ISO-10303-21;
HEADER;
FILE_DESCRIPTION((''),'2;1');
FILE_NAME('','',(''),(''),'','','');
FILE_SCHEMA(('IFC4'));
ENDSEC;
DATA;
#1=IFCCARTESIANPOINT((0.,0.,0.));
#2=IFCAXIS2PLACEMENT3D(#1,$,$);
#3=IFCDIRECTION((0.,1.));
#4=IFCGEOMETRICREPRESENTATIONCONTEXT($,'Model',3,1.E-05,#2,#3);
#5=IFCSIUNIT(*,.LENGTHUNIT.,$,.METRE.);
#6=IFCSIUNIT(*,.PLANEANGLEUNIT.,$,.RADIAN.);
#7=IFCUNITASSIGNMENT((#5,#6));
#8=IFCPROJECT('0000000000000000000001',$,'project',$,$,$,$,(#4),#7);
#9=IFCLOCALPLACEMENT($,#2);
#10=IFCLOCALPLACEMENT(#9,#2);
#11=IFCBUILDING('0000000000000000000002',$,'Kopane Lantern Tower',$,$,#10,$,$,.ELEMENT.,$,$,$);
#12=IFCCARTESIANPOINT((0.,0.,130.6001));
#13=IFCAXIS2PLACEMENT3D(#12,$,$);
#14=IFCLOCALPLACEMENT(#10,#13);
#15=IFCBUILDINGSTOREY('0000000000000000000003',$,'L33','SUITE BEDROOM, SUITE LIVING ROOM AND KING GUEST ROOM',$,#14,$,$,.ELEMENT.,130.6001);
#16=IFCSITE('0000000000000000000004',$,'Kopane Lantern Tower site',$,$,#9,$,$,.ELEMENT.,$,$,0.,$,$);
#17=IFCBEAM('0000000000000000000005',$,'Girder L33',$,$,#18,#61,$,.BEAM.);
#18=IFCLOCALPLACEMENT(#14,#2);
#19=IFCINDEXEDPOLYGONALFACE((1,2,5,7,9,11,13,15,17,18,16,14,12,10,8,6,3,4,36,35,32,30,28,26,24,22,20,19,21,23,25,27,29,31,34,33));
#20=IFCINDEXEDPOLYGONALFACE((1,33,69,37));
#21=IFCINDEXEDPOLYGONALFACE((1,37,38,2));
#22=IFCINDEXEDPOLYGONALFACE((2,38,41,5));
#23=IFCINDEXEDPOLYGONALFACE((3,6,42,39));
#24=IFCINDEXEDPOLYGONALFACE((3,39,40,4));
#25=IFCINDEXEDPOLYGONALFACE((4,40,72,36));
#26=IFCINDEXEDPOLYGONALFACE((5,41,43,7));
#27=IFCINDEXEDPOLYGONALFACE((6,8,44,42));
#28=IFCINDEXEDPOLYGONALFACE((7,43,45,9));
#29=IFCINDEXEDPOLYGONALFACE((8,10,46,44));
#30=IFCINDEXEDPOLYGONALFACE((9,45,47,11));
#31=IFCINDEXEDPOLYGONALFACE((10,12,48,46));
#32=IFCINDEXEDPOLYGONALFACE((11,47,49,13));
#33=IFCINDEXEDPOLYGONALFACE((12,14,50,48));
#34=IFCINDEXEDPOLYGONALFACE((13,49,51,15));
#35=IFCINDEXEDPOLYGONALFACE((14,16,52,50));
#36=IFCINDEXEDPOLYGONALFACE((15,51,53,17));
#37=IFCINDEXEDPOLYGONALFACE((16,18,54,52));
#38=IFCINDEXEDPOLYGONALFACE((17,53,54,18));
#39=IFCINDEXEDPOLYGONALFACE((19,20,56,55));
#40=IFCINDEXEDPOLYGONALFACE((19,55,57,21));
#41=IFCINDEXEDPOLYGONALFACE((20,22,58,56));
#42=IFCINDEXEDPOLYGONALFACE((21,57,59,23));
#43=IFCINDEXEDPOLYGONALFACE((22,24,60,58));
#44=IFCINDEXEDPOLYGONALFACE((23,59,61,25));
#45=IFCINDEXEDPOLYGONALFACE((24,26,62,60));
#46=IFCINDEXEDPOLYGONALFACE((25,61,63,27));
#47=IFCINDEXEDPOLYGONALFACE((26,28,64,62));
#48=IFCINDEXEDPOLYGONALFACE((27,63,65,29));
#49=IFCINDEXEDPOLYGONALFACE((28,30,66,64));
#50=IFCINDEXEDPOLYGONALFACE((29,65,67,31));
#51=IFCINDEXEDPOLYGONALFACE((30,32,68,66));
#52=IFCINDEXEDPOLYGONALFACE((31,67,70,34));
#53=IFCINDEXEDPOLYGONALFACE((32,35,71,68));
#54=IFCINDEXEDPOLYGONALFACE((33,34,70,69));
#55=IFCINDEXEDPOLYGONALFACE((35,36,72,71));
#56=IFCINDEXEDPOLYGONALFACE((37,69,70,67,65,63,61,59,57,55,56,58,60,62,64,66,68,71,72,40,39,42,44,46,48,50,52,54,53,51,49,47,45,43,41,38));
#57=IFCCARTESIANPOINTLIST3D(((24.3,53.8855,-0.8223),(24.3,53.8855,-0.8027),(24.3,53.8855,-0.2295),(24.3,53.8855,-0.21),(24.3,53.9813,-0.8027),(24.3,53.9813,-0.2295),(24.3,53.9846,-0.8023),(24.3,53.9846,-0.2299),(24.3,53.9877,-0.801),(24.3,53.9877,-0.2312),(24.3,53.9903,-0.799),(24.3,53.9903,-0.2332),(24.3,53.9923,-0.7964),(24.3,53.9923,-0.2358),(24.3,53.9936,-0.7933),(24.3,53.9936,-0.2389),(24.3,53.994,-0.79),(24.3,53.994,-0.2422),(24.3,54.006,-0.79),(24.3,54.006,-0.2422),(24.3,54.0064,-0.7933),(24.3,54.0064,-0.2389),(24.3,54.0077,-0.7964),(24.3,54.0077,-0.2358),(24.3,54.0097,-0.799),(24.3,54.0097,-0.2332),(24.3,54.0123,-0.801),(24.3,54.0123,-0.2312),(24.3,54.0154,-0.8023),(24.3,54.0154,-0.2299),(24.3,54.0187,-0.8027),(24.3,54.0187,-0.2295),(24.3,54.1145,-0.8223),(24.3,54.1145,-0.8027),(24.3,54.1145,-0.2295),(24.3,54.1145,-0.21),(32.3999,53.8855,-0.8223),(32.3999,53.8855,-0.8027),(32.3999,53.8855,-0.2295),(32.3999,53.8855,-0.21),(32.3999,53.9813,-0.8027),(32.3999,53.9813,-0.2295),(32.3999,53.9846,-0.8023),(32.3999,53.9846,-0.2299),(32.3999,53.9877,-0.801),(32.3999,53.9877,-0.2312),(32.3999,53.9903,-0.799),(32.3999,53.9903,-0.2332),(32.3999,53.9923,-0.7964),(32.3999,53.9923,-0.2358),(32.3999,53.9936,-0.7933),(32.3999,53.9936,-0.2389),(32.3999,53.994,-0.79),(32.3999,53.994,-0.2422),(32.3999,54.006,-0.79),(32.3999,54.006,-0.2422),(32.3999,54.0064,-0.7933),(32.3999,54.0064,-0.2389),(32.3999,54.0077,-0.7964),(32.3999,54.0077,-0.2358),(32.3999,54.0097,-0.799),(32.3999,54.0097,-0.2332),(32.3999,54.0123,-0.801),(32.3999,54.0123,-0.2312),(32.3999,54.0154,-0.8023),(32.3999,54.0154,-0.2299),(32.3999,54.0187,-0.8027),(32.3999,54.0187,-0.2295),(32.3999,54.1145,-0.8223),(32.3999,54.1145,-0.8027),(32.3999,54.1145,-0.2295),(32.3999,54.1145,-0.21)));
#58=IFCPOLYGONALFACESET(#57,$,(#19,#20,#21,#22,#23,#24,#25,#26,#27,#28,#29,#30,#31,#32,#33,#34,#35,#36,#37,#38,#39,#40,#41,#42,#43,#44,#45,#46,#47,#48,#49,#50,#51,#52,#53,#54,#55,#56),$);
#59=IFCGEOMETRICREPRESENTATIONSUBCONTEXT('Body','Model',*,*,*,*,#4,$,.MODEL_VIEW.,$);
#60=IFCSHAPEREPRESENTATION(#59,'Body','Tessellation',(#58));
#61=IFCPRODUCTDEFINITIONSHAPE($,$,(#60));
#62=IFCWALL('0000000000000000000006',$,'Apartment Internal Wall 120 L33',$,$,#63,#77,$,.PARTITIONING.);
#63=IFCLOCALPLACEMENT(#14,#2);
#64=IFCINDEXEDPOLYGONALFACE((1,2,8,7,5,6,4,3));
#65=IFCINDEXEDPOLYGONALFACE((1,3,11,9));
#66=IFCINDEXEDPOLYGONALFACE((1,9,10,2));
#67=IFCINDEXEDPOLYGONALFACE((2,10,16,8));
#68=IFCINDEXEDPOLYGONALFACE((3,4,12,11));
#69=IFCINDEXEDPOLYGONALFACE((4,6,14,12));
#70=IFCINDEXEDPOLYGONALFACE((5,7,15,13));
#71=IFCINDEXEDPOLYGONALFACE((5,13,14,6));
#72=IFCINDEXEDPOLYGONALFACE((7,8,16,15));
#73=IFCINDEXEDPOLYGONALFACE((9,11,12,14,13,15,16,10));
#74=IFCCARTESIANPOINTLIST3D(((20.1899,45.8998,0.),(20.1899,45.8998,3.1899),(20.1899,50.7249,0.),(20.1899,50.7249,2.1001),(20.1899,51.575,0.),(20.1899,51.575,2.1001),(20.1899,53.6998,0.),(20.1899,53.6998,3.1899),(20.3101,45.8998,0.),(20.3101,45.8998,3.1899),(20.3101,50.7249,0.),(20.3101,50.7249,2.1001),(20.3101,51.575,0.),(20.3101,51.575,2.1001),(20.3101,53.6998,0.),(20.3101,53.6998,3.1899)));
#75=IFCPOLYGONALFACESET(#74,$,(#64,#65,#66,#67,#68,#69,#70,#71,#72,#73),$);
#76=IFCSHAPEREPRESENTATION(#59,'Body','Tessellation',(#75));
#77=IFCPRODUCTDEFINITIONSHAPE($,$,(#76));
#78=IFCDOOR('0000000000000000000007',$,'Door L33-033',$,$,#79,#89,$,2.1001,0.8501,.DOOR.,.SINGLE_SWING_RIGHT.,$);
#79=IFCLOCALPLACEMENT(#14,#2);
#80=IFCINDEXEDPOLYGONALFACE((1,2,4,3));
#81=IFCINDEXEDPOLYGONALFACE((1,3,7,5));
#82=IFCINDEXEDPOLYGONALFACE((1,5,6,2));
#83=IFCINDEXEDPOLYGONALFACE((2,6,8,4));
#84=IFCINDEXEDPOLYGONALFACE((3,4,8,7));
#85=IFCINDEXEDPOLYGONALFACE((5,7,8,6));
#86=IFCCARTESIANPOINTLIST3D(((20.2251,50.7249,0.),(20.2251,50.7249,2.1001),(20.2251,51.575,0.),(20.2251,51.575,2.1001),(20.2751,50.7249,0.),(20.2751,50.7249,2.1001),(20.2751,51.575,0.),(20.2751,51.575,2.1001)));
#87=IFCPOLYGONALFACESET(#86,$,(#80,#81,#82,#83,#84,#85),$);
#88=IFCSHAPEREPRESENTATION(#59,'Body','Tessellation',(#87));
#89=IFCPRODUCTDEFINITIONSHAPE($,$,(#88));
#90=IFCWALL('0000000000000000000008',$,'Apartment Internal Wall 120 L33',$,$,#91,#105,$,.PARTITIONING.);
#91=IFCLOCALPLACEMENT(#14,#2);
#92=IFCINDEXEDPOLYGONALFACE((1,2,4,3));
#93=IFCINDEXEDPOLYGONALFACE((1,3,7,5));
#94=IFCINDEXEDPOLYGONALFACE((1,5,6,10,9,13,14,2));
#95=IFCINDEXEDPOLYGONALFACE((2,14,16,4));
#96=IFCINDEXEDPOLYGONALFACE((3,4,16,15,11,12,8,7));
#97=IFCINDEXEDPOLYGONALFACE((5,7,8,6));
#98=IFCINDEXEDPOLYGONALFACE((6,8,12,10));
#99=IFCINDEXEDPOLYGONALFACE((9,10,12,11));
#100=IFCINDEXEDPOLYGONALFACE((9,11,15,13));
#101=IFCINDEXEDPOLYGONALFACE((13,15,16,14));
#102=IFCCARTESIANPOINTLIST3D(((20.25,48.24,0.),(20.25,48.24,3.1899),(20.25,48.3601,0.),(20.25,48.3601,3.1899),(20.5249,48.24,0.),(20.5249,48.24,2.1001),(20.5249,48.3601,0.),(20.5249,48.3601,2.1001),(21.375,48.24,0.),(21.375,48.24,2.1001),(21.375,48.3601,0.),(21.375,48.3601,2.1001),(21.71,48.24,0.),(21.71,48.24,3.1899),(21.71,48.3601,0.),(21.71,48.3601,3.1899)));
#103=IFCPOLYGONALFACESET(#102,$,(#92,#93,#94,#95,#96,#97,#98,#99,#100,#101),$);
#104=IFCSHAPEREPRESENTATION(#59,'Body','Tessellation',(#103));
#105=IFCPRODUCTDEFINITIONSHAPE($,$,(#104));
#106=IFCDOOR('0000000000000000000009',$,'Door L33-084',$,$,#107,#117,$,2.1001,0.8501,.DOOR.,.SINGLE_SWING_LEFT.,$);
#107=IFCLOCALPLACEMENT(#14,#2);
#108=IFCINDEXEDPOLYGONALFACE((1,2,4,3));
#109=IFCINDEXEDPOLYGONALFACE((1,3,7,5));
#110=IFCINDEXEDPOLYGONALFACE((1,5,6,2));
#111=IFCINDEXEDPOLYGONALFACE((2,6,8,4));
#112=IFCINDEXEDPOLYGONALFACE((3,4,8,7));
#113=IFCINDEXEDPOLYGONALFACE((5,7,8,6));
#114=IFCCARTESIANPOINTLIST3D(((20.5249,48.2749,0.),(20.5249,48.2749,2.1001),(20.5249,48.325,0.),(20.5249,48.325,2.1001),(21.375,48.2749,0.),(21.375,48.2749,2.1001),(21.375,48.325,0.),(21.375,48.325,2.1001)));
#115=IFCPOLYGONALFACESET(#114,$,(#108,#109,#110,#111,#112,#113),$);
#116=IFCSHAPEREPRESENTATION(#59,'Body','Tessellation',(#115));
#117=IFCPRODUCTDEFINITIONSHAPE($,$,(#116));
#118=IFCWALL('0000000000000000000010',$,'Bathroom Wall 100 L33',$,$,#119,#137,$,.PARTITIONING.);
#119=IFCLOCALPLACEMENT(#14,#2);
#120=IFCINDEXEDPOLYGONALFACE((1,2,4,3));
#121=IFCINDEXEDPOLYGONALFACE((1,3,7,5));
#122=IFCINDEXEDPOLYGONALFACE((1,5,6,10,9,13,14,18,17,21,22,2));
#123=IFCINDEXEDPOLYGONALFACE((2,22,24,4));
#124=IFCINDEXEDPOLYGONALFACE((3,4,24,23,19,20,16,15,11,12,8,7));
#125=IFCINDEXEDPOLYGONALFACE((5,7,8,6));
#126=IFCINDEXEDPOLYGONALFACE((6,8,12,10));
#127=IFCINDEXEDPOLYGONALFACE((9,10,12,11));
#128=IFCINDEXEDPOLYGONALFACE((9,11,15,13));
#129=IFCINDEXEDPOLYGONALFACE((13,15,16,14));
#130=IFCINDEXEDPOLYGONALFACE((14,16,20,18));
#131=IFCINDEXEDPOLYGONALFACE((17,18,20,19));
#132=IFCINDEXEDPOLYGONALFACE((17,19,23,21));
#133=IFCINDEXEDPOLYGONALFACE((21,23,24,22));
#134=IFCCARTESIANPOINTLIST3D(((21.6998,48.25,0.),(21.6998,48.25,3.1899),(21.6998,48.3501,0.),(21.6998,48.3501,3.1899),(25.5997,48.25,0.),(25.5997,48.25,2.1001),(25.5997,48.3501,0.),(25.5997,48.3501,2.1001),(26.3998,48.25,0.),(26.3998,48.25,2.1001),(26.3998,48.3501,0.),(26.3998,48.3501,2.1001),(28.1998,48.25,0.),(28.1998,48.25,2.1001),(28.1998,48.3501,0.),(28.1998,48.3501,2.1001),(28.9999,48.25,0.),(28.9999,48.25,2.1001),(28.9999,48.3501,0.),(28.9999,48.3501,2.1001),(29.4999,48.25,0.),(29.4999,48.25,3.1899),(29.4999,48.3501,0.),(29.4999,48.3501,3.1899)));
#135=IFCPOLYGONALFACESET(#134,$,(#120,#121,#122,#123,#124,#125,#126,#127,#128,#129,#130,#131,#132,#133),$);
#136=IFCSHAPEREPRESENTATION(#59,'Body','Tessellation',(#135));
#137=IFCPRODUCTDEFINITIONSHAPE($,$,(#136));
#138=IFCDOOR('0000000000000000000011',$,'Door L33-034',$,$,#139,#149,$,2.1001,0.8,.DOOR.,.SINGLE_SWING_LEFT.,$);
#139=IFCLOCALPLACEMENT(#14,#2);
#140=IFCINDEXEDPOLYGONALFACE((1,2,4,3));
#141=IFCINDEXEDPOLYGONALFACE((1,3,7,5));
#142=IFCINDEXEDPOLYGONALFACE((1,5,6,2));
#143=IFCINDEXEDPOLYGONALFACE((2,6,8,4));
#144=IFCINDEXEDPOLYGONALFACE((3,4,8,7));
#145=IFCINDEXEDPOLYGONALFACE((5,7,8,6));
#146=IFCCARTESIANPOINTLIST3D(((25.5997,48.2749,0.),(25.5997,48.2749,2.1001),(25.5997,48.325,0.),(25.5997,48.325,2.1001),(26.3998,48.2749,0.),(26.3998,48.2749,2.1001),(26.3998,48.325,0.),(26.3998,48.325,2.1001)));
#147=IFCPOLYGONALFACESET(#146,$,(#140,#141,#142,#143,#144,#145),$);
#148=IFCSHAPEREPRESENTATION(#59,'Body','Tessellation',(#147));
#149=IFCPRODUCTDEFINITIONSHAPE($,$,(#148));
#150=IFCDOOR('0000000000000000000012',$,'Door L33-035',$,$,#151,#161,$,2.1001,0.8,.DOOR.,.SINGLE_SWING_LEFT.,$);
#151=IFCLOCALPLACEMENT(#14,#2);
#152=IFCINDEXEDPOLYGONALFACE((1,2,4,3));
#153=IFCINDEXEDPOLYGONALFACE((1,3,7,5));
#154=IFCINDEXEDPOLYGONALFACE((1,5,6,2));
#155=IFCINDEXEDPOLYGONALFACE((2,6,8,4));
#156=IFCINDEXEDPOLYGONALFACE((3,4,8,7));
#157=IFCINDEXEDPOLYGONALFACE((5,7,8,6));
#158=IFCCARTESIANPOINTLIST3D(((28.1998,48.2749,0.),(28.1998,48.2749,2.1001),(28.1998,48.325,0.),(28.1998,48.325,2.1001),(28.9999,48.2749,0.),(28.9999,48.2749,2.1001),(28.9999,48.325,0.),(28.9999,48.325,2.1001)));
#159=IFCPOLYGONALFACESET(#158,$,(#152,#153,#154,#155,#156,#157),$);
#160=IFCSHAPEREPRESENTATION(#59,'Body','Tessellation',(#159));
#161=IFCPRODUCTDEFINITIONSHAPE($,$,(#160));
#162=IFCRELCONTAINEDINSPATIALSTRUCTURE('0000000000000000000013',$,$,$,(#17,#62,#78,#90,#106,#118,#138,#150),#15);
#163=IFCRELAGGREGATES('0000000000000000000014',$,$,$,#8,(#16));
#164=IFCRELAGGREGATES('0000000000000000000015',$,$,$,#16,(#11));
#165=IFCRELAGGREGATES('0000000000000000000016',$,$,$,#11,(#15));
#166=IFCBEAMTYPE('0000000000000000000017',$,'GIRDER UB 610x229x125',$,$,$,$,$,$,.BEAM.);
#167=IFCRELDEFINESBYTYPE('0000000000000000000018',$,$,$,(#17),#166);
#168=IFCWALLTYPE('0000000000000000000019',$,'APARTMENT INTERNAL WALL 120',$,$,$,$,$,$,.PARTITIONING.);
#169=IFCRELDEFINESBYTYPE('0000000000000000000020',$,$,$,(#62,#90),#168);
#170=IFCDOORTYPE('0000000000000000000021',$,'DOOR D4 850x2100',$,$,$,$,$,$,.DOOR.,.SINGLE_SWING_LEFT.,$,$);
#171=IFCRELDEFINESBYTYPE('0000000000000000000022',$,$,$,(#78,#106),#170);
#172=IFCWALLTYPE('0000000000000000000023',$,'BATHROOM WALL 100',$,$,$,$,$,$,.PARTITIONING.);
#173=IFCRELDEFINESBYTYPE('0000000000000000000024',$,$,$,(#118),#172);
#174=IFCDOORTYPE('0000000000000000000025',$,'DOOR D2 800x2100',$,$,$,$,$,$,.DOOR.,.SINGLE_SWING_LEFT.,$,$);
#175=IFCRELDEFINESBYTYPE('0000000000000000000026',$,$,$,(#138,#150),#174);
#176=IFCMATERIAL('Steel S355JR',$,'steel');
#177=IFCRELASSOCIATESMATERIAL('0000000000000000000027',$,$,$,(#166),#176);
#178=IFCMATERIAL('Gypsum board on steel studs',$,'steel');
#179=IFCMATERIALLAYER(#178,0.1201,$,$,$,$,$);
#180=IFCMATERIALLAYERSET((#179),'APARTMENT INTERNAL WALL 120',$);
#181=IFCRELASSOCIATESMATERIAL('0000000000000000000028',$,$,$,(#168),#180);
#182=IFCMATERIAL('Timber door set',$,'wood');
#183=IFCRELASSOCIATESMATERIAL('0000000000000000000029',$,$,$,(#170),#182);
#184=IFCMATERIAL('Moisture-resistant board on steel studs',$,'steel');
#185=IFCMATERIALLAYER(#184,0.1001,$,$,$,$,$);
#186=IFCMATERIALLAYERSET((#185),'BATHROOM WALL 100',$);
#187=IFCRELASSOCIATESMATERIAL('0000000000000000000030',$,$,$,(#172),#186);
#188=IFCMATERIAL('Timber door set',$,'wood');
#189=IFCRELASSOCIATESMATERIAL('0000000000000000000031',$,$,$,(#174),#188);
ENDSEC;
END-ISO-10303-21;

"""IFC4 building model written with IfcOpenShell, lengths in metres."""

from ifc_helpers import new_model, si_unit, direction, frame, frame_2d, origin, origin_2d, place, context, subcontext, project, spatial, rectangle, i_section, extrude, material, layer, layer_set, material_profile, profile_set, type_object, element, fill, save


model = new_model("IFC4")

# Units and contexts
model_context = context("Model", 3, precision=1e-05, world=origin(), true_north=direction((0.0, 1.0)))
body_context = subcontext(model_context, "Body", "Model", "MODEL_VIEW")
ifc_project = project(units=[si_unit("LENGTHUNIT", "METRE"), si_unit("PLANEANGLEUNIT", "RADIAN")], contexts=[model_context])

# Site, building, storey
site_placement = place(None, origin())
site = spatial("IfcSite", under=ifc_project, at=site_placement, Name="Kopane Lantern Tower site", CompositionType="ELEMENT", RefElevation=0.0)
building_placement = place(site_placement, origin())
building = spatial("IfcBuilding", under=site, at=building_placement, Name="Kopane Lantern Tower", CompositionType="ELEMENT")
storey_placement = place(building_placement, frame((0.0, 0.0, 130.6001)))
storey = spatial("IfcBuildingStorey", under=building, at=storey_placement, Name="L33", Description="SUITE BEDROOM, SUITE LIVING ROOM AND KING GUEST ROOM", CompositionType="ELEMENT", Elevation=130.6001)

# Beam
ifc_material_1 = material(Name="Steel S355JR", Category="steel")
ifc_material_profile_1 = material_profile(ifc_material_1, i_section(OverallWidth=0.229, OverallDepth=0.6123, WebThickness=0.012, FlangeThickness=0.0195, FilletRadius=0.0127, at=origin_2d()), Name="UB 610x229x125")
ifc_profile_set_1 = profile_set([ifc_material_profile_1], Name="Steel S355JR")
beam_type = type_object("IfcBeamType", Name="GIRDER UB 610x229x125", PredefinedType="BEAM", material=ifc_profile_set_1)
for number, where, z_axis, x_axis, name in (
    (1, (24.3, 54.0, -0.5161), (1.0, 0.0, 0.0), (0.0, 1.0, 0.0), "Girder L33"),
):
    element("IfcBeam", number, at=place(storey_placement, frame(where, z_axis=z_axis, x_axis=x_axis)), inside=storey, type_object=beam_type, Name=name, PredefinedType="BEAM", context=body_context, shape_type="SweptSolid", body=[
        extrude(i_section(OverallWidth=0.229, OverallDepth=0.6123, WebThickness=0.012, FlangeThickness=0.0195, FilletRadius=0.0127, at=origin_2d()), origin(), (0.0, 0.0, 1.0), 8.0999),
    ])

# Walls, openings, doors
ifc_material_2 = material(Name="Gypsum board on steel studs", Category="steel")
ifc_layer_1 = layer(ifc_material_2, 0.1201)
ifc_layer_set_1 = layer_set([ifc_layer_1], Name="APARTMENT INTERNAL WALL 120")
wall_type_1 = type_object("IfcWallType", Name="APARTMENT INTERNAL WALL 120", PredefinedType="PARTITIONING", material=ifc_layer_set_1)
wall_1_placement = place(storey_placement, frame((20.25, 45.8999, 0.0), z_axis=(0.0, 0.0, 1.0), x_axis=(0.0, 1.0, 0.0)))
wall_1 = element("IfcWall", 2, at=wall_1_placement, inside=storey, type_object=wall_type_1, Name="Apartment Internal Wall 120 L33", PredefinedType="PARTITIONING", context=body_context, shape_type="SweptSolid", body=[
    extrude(rectangle(XDim=7.8, YDim=0.1201, at=frame_2d((3.8999, 0.0))), origin(), (0.0, 0.0, 1.0), 3.1899),
])
opening_1_placement = place(wall_1_placement, frame((4.825, 0.0, 0.0)))
opening_1 = element("IfcOpeningElement", 3, at=opening_1_placement, cuts=wall_1, PredefinedType="OPENING", context=body_context, shape_type="SweptSolid", body=[
    extrude(rectangle(XDim=0.8501, YDim=2.1001, at=frame_2d((0.425, 1.05))), frame((0.0, 0.0701, 0.0), z_axis=(0.0, -1.0, 0.0), x_axis=(1.0, 0.0, 0.0)), (0.0, 0.0, 1.0), 0.1401),
])
ifc_material_3 = material(Name="Timber door set", Category="wood")
door_type_1 = type_object("IfcDoorType", Name="DOOR D4 850x2100", OperationType="SINGLE_SWING_LEFT", PredefinedType="DOOR", material=ifc_material_3)
door_1_placement = place(opening_1_placement, origin())
door_1 = element("IfcDoor", 4, at=door_1_placement, inside=storey, type_object=door_type_1, Name="Door L33-033", OperationType="SINGLE_SWING_RIGHT", OverallHeight=2.1001, OverallWidth=0.8501, PredefinedType="DOOR", context=body_context, shape_type="SweptSolid", body=[
    extrude(rectangle(XDim=0.8501, YDim=2.1001, at=frame_2d((0.425, 1.05))), frame((0.0, 0.0249, 0.0), z_axis=(0.0, -1.0, 0.0), x_axis=(1.0, 0.0, 0.0)), (0.0, 0.0, 1.0), 0.05),
])
fill(opening_1, door_1)
wall_2_placement = place(storey_placement, frame((20.25, 48.3, 0.0), z_axis=(0.0, 0.0, 1.0), x_axis=(1.0, 0.0, 0.0)))
wall_2 = element("IfcWall", 5, at=wall_2_placement, inside=storey, type_object=wall_type_1, Name="Apartment Internal Wall 120 L33", PredefinedType="PARTITIONING", context=body_context, shape_type="SweptSolid", body=[
    extrude(rectangle(XDim=1.46, YDim=0.1201, at=frame_2d((0.73, 0.0))), origin(), (0.0, 0.0, 1.0), 3.1899),
])
opening_2_placement = place(wall_2_placement, frame((0.2749, 0.0, 0.0)))
opening_2 = element("IfcOpeningElement", 6, at=opening_2_placement, cuts=wall_2, PredefinedType="OPENING", context=body_context, shape_type="SweptSolid", body=[
    extrude(rectangle(XDim=0.8501, YDim=2.1001, at=frame_2d((0.425, 1.05))), frame((0.0, 0.0701, 0.0), z_axis=(0.0, -1.0, 0.0), x_axis=(1.0, 0.0, 0.0)), (0.0, 0.0, 1.0), 0.1401),
])
door_2_placement = place(opening_2_placement, origin())
door_2 = element("IfcDoor", 7, at=door_2_placement, inside=storey, type_object=door_type_1, Name="Door L33-084", OperationType="SINGLE_SWING_LEFT", OverallHeight=2.1001, OverallWidth=0.8501, PredefinedType="DOOR", context=body_context, shape_type="SweptSolid", body=[
    extrude(rectangle(XDim=0.8501, YDim=2.1001, at=frame_2d((0.425, 1.05))), frame((0.0, 0.0249, 0.0), z_axis=(0.0, -1.0, 0.0), x_axis=(1.0, 0.0, 0.0)), (0.0, 0.0, 1.0), 0.05),
])
fill(opening_2, door_2)

# Wall, openings, doors
ifc_material_4 = material(Name="Moisture-resistant board on steel studs", Category="steel")
ifc_layer_2 = layer(ifc_material_4, 0.1001)
ifc_layer_set_2 = layer_set([ifc_layer_2], Name="BATHROOM WALL 100")
wall_type_2 = type_object("IfcWallType", Name="BATHROOM WALL 100", PredefinedType="PARTITIONING", material=ifc_layer_set_2)
wall_3_placement = place(storey_placement, frame((21.7, 48.3, 0.0), z_axis=(0.0, 0.0, 1.0), x_axis=(1.0, 0.0, 0.0)))
wall_3 = element("IfcWall", 8, at=wall_3_placement, inside=storey, type_object=wall_type_2, Name="Bathroom Wall 100 L33", PredefinedType="PARTITIONING", context=body_context, shape_type="SweptSolid", body=[
    extrude(rectangle(XDim=7.8, YDim=0.1001, at=frame_2d((3.8999, 0.0))), origin(), (0.0, 0.0, 1.0), 3.1899),
])
opening_3_placement = place(wall_3_placement, frame((3.8999, 0.0, 0.0)))
opening_3 = element("IfcOpeningElement", 9, at=opening_3_placement, cuts=wall_3, PredefinedType="OPENING", context=body_context, shape_type="SweptSolid", body=[
    extrude(rectangle(XDim=0.8, YDim=2.1001, at=frame_2d((0.3999, 1.05))), frame((0.0, 0.0601, 0.0), z_axis=(0.0, -1.0, 0.0), x_axis=(1.0, 0.0, 0.0)), (0.0, 0.0, 1.0), 0.1201),
])
opening_4_placement = place(wall_3_placement, frame((6.5, 0.0, 0.0)))
opening_4 = element("IfcOpeningElement", 10, at=opening_4_placement, cuts=wall_3, PredefinedType="OPENING", context=body_context, shape_type="SweptSolid", body=[
    extrude(rectangle(XDim=0.8, YDim=2.1001, at=frame_2d((0.3999, 1.05))), frame((0.0, 0.0601, 0.0), z_axis=(0.0, -1.0, 0.0), x_axis=(1.0, 0.0, 0.0)), (0.0, 0.0, 1.0), 0.1201),
])
ifc_material_5 = material(Name="Timber door set", Category="wood")
door_type_2 = type_object("IfcDoorType", Name="DOOR D2 800x2100", OperationType="SINGLE_SWING_LEFT", PredefinedType="DOOR", material=ifc_material_5)
door_3_placement = place(opening_3_placement, origin())
door_3 = element("IfcDoor", 11, at=door_3_placement, inside=storey, type_object=door_type_2, Name="Door L33-034", OperationType="SINGLE_SWING_LEFT", OverallHeight=2.1001, OverallWidth=0.8, PredefinedType="DOOR", context=body_context, shape_type="SweptSolid", body=[
    extrude(rectangle(XDim=0.8, YDim=2.1001, at=frame_2d((0.3999, 1.05))), frame((0.0, 0.0249, 0.0), z_axis=(0.0, -1.0, 0.0), x_axis=(1.0, 0.0, 0.0)), (0.0, 0.0, 1.0), 0.05),
])
fill(opening_3, door_3)
door_4_placement = place(opening_4_placement, origin())
door_4 = element("IfcDoor", 12, at=door_4_placement, inside=storey, type_object=door_type_2, Name="Door L33-035", OperationType="SINGLE_SWING_LEFT", OverallHeight=2.1001, OverallWidth=0.8, PredefinedType="DOOR", context=body_context, shape_type="SweptSolid", body=[
    extrude(rectangle(XDim=0.8, YDim=2.1001, at=frame_2d((0.3999, 1.05))), frame((0.0, 0.0249, 0.0), z_axis=(0.0, -1.0, 0.0), x_axis=(1.0, 0.0, 0.0)), (0.0, 0.0, 1.0), 0.05),
])
fill(opening_4, door_4)

save(model, "model.ifc")
